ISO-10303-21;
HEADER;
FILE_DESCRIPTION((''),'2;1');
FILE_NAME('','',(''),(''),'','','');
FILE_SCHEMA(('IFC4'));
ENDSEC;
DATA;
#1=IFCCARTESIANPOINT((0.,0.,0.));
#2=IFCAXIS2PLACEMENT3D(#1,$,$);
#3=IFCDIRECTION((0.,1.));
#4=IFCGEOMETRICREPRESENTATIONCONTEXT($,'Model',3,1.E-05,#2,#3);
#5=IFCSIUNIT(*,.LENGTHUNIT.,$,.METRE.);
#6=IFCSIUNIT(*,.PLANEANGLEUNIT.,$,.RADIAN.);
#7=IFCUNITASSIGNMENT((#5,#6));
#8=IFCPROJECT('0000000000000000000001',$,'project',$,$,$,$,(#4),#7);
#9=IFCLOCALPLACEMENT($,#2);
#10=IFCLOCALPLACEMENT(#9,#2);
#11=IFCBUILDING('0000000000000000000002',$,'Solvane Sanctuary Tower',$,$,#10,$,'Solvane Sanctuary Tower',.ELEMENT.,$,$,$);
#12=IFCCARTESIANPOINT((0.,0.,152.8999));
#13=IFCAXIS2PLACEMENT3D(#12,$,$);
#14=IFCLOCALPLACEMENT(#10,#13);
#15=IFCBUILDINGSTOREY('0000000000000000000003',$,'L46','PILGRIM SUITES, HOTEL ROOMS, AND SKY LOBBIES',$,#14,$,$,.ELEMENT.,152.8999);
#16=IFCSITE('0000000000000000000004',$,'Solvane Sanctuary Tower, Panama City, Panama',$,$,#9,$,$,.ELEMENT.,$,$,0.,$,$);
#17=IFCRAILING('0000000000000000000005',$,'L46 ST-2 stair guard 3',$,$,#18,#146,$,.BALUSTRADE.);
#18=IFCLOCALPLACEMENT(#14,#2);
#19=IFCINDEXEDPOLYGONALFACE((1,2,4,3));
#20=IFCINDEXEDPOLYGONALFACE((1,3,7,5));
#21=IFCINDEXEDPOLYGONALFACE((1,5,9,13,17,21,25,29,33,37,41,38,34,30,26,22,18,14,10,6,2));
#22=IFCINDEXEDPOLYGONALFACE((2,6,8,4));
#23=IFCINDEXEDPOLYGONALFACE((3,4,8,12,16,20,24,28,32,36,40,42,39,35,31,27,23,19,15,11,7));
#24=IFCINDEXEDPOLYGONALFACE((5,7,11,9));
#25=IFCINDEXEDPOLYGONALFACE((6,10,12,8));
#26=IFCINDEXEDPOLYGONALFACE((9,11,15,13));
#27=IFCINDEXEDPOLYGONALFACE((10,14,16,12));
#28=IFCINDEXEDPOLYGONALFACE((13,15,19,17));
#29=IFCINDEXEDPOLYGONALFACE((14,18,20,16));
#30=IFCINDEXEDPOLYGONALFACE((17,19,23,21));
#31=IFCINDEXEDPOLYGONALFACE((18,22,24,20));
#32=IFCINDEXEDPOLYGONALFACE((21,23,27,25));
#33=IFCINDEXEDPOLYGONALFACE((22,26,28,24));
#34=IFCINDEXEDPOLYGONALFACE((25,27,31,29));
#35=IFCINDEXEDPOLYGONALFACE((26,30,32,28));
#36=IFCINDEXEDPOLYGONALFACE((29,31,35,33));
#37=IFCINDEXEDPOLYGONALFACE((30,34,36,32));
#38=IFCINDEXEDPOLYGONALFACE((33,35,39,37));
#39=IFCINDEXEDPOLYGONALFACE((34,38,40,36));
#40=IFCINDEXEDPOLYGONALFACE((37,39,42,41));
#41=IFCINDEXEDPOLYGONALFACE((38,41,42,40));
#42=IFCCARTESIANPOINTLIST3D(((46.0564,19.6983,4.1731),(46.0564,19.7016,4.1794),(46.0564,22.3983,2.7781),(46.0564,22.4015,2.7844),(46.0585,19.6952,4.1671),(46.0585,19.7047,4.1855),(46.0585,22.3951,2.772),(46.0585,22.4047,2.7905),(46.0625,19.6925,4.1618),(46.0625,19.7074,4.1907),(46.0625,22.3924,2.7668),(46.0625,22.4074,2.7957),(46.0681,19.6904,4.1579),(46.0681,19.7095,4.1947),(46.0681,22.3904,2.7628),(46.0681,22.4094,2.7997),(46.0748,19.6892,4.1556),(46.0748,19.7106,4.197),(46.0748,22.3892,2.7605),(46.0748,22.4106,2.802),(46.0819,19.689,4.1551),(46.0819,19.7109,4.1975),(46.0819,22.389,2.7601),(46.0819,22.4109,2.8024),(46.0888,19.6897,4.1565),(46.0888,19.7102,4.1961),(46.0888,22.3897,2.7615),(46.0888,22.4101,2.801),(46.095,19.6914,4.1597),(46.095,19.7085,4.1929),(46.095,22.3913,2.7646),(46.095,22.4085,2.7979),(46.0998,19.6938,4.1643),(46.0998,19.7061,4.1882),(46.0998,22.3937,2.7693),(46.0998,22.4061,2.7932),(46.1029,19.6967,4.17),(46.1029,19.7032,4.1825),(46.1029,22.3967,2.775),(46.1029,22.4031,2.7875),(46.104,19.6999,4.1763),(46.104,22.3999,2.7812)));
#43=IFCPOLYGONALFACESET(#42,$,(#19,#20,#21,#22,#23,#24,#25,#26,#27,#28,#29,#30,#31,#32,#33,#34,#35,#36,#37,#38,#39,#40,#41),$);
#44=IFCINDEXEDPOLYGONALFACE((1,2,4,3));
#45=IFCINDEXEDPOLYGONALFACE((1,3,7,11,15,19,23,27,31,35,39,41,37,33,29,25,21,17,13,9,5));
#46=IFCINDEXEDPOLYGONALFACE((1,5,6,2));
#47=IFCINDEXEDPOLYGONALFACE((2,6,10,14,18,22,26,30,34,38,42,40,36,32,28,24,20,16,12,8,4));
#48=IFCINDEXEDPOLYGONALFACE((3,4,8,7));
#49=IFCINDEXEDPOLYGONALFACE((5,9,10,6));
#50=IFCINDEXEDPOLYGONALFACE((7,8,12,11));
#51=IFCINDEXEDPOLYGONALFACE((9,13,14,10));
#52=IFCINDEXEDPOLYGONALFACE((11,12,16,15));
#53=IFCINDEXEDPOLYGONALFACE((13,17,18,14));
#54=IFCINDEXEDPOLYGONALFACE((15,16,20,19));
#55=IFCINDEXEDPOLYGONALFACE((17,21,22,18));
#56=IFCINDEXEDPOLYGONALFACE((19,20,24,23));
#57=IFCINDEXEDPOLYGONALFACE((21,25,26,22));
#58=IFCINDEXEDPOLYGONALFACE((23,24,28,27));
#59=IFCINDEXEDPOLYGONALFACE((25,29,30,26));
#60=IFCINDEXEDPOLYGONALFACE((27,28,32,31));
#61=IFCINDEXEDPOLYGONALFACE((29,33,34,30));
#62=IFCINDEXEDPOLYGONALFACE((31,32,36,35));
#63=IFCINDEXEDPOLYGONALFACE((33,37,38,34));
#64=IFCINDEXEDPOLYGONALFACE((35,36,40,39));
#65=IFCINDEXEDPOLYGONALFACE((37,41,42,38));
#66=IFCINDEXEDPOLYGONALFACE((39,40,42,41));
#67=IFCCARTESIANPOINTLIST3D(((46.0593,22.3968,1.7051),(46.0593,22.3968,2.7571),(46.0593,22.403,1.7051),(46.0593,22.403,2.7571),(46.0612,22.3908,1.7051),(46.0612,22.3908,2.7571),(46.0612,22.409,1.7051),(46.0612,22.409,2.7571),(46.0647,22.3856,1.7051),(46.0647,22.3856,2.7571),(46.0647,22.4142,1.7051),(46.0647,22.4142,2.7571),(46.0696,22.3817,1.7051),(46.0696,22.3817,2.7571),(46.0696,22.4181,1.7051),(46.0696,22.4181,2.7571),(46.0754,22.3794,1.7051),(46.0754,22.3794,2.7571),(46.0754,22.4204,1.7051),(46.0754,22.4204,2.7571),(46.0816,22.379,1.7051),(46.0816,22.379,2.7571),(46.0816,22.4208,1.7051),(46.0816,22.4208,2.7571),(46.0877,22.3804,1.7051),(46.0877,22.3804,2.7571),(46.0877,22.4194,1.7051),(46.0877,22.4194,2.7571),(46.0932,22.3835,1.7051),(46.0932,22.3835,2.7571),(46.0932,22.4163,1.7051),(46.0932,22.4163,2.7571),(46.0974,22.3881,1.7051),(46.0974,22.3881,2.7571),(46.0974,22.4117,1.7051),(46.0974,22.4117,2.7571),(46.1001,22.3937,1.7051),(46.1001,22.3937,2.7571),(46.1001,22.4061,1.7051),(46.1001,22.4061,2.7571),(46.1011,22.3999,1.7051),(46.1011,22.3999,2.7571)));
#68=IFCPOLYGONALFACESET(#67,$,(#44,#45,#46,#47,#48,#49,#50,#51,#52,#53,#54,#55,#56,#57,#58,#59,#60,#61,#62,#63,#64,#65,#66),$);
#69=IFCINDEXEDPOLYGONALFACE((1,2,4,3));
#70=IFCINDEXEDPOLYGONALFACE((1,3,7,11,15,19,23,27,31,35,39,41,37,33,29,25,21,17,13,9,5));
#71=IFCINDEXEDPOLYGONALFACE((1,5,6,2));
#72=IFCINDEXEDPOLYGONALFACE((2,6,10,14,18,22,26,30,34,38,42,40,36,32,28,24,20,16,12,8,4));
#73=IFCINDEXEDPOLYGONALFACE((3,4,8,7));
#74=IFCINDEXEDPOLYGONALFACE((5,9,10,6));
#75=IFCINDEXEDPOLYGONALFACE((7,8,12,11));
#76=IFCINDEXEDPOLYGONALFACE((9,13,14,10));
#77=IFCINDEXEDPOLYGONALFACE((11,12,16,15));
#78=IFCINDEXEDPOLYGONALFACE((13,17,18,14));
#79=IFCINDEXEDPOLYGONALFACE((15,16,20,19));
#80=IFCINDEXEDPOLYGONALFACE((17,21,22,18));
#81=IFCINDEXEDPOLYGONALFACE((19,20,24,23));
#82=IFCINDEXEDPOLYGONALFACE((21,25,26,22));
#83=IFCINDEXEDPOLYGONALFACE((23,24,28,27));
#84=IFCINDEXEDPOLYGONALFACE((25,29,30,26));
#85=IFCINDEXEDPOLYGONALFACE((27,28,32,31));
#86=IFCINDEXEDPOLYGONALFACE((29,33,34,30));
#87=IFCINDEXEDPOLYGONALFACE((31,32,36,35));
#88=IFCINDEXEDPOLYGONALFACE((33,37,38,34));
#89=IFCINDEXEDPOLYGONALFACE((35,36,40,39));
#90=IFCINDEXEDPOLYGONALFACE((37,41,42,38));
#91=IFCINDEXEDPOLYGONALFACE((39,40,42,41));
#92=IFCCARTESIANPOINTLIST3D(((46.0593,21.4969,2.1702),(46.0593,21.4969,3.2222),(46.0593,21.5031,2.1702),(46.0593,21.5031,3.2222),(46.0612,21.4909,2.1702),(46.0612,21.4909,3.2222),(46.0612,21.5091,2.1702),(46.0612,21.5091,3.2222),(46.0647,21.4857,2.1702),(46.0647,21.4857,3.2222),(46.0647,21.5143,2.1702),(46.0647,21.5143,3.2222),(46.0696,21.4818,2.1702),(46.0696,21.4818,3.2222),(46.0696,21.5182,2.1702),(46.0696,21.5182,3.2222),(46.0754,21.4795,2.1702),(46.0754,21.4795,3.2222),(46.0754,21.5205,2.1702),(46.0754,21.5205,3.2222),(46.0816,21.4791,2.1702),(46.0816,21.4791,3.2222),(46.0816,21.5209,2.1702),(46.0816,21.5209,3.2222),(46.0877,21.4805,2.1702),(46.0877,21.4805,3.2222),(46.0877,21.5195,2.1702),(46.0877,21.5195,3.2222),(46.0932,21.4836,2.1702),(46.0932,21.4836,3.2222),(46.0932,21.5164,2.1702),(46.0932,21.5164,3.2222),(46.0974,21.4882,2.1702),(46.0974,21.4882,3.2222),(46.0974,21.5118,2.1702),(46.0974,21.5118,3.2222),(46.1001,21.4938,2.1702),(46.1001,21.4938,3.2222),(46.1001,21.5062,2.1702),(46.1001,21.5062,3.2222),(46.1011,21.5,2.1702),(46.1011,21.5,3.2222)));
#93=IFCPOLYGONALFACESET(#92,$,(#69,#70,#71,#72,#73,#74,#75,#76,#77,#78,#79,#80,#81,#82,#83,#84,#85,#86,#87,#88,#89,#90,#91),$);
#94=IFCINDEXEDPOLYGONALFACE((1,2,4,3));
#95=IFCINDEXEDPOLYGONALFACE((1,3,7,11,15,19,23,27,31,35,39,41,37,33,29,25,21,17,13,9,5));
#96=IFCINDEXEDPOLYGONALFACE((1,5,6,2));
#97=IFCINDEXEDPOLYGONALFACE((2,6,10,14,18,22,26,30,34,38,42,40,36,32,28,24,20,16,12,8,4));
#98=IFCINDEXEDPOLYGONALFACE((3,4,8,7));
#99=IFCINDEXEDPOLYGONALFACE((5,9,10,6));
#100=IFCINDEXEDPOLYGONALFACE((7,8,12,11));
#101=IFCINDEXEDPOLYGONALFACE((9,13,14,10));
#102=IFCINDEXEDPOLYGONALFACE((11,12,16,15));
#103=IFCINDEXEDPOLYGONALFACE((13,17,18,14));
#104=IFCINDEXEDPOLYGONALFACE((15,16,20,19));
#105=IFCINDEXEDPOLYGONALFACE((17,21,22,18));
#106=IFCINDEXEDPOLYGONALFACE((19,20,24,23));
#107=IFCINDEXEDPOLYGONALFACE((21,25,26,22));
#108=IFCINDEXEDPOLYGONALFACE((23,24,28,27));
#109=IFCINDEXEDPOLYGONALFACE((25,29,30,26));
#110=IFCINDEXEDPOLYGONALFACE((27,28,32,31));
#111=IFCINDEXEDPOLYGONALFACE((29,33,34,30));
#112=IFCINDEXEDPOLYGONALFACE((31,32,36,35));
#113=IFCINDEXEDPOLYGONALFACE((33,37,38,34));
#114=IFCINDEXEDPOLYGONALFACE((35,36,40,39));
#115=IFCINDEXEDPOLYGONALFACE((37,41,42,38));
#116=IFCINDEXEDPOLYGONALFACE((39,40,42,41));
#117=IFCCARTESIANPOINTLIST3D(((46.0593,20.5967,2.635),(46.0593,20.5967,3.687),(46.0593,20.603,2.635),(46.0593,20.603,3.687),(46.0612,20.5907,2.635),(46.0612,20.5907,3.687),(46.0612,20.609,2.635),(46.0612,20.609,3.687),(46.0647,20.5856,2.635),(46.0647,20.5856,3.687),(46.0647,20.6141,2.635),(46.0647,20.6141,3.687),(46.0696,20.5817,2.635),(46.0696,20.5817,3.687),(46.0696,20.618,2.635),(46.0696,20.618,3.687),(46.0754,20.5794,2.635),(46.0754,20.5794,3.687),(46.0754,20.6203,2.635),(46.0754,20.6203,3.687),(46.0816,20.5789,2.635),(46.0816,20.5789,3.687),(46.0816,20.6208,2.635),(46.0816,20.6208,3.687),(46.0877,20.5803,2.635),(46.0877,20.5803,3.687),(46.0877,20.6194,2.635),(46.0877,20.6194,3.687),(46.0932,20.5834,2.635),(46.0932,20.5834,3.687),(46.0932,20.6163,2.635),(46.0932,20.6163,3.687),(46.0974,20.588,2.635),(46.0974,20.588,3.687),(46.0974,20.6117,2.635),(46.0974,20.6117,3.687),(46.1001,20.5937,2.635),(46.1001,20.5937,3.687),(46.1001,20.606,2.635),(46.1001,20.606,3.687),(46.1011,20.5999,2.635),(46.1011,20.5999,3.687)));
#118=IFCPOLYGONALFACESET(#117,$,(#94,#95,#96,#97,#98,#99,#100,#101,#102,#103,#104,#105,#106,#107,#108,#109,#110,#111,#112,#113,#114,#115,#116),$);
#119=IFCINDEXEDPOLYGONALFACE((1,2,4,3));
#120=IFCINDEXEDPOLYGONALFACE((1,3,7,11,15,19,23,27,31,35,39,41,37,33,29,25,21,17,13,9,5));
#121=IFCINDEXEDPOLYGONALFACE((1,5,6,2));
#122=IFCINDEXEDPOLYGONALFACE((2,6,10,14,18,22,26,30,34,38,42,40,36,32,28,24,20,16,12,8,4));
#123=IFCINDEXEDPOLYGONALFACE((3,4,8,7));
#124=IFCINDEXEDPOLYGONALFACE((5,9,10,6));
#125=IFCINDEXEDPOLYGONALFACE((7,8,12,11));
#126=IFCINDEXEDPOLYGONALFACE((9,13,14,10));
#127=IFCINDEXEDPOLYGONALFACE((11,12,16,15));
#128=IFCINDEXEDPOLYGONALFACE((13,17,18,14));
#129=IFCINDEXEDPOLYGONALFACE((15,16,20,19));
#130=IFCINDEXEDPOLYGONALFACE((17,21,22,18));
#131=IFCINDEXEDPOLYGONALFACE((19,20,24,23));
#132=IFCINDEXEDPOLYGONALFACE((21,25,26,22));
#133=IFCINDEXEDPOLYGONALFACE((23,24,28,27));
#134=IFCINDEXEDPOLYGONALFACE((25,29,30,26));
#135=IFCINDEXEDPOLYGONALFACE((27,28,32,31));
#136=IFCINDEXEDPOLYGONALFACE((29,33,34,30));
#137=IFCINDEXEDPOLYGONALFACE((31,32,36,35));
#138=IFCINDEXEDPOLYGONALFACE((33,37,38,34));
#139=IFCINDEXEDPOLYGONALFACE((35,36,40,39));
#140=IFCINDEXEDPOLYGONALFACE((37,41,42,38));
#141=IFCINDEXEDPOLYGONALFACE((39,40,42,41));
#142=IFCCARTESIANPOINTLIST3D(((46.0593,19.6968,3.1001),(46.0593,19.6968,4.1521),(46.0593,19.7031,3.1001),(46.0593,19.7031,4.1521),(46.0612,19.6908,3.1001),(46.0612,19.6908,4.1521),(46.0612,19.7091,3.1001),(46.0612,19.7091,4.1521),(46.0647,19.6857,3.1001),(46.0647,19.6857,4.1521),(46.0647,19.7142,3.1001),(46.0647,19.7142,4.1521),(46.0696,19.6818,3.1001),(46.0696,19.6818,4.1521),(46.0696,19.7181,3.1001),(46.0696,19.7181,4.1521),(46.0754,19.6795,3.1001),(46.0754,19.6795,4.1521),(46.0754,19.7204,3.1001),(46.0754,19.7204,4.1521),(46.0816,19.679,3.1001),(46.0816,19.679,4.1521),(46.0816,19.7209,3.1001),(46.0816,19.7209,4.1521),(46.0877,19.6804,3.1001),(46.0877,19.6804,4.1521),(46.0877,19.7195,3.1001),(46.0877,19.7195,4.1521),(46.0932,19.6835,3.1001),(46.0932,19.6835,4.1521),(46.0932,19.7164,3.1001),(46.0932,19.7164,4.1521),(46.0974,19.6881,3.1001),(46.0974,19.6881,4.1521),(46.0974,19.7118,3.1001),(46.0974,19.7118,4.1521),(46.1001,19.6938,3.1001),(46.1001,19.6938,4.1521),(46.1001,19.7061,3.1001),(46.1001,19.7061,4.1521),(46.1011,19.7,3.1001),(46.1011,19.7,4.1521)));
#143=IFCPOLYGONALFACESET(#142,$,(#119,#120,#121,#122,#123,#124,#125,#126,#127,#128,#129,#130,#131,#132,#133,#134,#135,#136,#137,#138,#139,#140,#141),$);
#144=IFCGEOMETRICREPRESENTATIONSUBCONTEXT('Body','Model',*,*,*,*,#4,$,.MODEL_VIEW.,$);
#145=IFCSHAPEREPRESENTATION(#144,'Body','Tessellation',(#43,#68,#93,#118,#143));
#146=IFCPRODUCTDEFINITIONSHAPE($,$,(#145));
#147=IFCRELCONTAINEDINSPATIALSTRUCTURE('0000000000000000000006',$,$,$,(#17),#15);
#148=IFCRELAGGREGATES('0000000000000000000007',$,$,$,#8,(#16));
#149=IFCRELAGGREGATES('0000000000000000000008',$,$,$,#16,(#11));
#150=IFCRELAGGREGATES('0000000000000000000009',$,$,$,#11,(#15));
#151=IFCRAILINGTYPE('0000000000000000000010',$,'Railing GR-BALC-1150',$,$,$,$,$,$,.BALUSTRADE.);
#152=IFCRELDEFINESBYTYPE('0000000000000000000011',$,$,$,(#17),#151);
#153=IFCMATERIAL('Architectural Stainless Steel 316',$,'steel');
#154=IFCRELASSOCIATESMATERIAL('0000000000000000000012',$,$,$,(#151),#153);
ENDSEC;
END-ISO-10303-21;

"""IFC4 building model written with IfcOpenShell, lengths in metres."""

from ifc_helpers import new_model, si_unit, direction, frame, origin, origin_2d, place, context, subcontext, project, spatial, circle, extrude, material, type_object, element, save


model = new_model("IFC4")

# Units and contexts
model_context = context("Model", 3, precision=1e-05, world=origin(), true_north=direction((0.0, 1.0)))
body_context = subcontext(model_context, "Body", "Model", "MODEL_VIEW")
ifc_project = project(units=[si_unit("LENGTHUNIT", "METRE"), si_unit("PLANEANGLEUNIT", "RADIAN")], contexts=[model_context])

# Site, building, storey
site_placement = place(None, origin())
site = spatial("IfcSite", under=ifc_project, at=site_placement, Name="Solvane Sanctuary Tower, Panama City, Panama", CompositionType="ELEMENT", RefElevation=0.0)
building_placement = place(site_placement, origin())
building = spatial("IfcBuilding", under=site, at=building_placement, Name="Solvane Sanctuary Tower", LongName="Solvane Sanctuary Tower", CompositionType="ELEMENT")
storey_placement = place(building_placement, frame((0.0, 0.0, 152.8999)))
storey = spatial("IfcBuildingStorey", under=building, at=storey_placement, Name="L46", Description="PILGRIM SUITES, HOTEL ROOMS, AND SKY LOBBIES", CompositionType="ELEMENT", Elevation=152.8999)

# Shared definitions
ifc_material_1 = material(Name="Architectural Stainless Steel 316", Category="steel")

# Railing
railing_type = type_object("IfcRailingType", Name="Railing GR-BALC-1150", PredefinedType="BALUSTRADE", material=ifc_material_1)
railing_1_placement = place(storey_placement, frame((46.0801, 22.3999, 1.7051)))
element("IfcRailing", 1, at=railing_1_placement, inside=storey, type_object=railing_type, Name="L46 ST-2 stair guard 3", PredefinedType="BALUSTRADE", context=body_context, shape_type="SweptSolid", body=[
    extrude(circle(Radius=0.0239, at=origin_2d()), frame((0.0, 0.0, 1.0762), z_axis=(0.0, -0.88842, 0.459032), x_axis=(1.0, 0.0, 0.0)), (0.0, 0.0, 1.0), 3.0391),
    extrude(circle(Radius=0.021, at=origin_2d()), origin(), (0.0, 0.0, 1.0), 1.052),
    extrude(circle(Radius=0.021, at=origin_2d()), frame((0.0, -0.8999, 0.4651)), (0.0, 0.0, 1.0), 1.052),
    extrude(circle(Radius=0.021, at=origin_2d()), frame((0.0, -1.8, 0.9299)), (0.0, 0.0, 1.0), 1.052),
    extrude(circle(Radius=0.021, at=origin_2d()), frame((0.0, -2.7, 1.395)), (0.0, 0.0, 1.0), 1.052),
])

save(model, "model.ifc")
